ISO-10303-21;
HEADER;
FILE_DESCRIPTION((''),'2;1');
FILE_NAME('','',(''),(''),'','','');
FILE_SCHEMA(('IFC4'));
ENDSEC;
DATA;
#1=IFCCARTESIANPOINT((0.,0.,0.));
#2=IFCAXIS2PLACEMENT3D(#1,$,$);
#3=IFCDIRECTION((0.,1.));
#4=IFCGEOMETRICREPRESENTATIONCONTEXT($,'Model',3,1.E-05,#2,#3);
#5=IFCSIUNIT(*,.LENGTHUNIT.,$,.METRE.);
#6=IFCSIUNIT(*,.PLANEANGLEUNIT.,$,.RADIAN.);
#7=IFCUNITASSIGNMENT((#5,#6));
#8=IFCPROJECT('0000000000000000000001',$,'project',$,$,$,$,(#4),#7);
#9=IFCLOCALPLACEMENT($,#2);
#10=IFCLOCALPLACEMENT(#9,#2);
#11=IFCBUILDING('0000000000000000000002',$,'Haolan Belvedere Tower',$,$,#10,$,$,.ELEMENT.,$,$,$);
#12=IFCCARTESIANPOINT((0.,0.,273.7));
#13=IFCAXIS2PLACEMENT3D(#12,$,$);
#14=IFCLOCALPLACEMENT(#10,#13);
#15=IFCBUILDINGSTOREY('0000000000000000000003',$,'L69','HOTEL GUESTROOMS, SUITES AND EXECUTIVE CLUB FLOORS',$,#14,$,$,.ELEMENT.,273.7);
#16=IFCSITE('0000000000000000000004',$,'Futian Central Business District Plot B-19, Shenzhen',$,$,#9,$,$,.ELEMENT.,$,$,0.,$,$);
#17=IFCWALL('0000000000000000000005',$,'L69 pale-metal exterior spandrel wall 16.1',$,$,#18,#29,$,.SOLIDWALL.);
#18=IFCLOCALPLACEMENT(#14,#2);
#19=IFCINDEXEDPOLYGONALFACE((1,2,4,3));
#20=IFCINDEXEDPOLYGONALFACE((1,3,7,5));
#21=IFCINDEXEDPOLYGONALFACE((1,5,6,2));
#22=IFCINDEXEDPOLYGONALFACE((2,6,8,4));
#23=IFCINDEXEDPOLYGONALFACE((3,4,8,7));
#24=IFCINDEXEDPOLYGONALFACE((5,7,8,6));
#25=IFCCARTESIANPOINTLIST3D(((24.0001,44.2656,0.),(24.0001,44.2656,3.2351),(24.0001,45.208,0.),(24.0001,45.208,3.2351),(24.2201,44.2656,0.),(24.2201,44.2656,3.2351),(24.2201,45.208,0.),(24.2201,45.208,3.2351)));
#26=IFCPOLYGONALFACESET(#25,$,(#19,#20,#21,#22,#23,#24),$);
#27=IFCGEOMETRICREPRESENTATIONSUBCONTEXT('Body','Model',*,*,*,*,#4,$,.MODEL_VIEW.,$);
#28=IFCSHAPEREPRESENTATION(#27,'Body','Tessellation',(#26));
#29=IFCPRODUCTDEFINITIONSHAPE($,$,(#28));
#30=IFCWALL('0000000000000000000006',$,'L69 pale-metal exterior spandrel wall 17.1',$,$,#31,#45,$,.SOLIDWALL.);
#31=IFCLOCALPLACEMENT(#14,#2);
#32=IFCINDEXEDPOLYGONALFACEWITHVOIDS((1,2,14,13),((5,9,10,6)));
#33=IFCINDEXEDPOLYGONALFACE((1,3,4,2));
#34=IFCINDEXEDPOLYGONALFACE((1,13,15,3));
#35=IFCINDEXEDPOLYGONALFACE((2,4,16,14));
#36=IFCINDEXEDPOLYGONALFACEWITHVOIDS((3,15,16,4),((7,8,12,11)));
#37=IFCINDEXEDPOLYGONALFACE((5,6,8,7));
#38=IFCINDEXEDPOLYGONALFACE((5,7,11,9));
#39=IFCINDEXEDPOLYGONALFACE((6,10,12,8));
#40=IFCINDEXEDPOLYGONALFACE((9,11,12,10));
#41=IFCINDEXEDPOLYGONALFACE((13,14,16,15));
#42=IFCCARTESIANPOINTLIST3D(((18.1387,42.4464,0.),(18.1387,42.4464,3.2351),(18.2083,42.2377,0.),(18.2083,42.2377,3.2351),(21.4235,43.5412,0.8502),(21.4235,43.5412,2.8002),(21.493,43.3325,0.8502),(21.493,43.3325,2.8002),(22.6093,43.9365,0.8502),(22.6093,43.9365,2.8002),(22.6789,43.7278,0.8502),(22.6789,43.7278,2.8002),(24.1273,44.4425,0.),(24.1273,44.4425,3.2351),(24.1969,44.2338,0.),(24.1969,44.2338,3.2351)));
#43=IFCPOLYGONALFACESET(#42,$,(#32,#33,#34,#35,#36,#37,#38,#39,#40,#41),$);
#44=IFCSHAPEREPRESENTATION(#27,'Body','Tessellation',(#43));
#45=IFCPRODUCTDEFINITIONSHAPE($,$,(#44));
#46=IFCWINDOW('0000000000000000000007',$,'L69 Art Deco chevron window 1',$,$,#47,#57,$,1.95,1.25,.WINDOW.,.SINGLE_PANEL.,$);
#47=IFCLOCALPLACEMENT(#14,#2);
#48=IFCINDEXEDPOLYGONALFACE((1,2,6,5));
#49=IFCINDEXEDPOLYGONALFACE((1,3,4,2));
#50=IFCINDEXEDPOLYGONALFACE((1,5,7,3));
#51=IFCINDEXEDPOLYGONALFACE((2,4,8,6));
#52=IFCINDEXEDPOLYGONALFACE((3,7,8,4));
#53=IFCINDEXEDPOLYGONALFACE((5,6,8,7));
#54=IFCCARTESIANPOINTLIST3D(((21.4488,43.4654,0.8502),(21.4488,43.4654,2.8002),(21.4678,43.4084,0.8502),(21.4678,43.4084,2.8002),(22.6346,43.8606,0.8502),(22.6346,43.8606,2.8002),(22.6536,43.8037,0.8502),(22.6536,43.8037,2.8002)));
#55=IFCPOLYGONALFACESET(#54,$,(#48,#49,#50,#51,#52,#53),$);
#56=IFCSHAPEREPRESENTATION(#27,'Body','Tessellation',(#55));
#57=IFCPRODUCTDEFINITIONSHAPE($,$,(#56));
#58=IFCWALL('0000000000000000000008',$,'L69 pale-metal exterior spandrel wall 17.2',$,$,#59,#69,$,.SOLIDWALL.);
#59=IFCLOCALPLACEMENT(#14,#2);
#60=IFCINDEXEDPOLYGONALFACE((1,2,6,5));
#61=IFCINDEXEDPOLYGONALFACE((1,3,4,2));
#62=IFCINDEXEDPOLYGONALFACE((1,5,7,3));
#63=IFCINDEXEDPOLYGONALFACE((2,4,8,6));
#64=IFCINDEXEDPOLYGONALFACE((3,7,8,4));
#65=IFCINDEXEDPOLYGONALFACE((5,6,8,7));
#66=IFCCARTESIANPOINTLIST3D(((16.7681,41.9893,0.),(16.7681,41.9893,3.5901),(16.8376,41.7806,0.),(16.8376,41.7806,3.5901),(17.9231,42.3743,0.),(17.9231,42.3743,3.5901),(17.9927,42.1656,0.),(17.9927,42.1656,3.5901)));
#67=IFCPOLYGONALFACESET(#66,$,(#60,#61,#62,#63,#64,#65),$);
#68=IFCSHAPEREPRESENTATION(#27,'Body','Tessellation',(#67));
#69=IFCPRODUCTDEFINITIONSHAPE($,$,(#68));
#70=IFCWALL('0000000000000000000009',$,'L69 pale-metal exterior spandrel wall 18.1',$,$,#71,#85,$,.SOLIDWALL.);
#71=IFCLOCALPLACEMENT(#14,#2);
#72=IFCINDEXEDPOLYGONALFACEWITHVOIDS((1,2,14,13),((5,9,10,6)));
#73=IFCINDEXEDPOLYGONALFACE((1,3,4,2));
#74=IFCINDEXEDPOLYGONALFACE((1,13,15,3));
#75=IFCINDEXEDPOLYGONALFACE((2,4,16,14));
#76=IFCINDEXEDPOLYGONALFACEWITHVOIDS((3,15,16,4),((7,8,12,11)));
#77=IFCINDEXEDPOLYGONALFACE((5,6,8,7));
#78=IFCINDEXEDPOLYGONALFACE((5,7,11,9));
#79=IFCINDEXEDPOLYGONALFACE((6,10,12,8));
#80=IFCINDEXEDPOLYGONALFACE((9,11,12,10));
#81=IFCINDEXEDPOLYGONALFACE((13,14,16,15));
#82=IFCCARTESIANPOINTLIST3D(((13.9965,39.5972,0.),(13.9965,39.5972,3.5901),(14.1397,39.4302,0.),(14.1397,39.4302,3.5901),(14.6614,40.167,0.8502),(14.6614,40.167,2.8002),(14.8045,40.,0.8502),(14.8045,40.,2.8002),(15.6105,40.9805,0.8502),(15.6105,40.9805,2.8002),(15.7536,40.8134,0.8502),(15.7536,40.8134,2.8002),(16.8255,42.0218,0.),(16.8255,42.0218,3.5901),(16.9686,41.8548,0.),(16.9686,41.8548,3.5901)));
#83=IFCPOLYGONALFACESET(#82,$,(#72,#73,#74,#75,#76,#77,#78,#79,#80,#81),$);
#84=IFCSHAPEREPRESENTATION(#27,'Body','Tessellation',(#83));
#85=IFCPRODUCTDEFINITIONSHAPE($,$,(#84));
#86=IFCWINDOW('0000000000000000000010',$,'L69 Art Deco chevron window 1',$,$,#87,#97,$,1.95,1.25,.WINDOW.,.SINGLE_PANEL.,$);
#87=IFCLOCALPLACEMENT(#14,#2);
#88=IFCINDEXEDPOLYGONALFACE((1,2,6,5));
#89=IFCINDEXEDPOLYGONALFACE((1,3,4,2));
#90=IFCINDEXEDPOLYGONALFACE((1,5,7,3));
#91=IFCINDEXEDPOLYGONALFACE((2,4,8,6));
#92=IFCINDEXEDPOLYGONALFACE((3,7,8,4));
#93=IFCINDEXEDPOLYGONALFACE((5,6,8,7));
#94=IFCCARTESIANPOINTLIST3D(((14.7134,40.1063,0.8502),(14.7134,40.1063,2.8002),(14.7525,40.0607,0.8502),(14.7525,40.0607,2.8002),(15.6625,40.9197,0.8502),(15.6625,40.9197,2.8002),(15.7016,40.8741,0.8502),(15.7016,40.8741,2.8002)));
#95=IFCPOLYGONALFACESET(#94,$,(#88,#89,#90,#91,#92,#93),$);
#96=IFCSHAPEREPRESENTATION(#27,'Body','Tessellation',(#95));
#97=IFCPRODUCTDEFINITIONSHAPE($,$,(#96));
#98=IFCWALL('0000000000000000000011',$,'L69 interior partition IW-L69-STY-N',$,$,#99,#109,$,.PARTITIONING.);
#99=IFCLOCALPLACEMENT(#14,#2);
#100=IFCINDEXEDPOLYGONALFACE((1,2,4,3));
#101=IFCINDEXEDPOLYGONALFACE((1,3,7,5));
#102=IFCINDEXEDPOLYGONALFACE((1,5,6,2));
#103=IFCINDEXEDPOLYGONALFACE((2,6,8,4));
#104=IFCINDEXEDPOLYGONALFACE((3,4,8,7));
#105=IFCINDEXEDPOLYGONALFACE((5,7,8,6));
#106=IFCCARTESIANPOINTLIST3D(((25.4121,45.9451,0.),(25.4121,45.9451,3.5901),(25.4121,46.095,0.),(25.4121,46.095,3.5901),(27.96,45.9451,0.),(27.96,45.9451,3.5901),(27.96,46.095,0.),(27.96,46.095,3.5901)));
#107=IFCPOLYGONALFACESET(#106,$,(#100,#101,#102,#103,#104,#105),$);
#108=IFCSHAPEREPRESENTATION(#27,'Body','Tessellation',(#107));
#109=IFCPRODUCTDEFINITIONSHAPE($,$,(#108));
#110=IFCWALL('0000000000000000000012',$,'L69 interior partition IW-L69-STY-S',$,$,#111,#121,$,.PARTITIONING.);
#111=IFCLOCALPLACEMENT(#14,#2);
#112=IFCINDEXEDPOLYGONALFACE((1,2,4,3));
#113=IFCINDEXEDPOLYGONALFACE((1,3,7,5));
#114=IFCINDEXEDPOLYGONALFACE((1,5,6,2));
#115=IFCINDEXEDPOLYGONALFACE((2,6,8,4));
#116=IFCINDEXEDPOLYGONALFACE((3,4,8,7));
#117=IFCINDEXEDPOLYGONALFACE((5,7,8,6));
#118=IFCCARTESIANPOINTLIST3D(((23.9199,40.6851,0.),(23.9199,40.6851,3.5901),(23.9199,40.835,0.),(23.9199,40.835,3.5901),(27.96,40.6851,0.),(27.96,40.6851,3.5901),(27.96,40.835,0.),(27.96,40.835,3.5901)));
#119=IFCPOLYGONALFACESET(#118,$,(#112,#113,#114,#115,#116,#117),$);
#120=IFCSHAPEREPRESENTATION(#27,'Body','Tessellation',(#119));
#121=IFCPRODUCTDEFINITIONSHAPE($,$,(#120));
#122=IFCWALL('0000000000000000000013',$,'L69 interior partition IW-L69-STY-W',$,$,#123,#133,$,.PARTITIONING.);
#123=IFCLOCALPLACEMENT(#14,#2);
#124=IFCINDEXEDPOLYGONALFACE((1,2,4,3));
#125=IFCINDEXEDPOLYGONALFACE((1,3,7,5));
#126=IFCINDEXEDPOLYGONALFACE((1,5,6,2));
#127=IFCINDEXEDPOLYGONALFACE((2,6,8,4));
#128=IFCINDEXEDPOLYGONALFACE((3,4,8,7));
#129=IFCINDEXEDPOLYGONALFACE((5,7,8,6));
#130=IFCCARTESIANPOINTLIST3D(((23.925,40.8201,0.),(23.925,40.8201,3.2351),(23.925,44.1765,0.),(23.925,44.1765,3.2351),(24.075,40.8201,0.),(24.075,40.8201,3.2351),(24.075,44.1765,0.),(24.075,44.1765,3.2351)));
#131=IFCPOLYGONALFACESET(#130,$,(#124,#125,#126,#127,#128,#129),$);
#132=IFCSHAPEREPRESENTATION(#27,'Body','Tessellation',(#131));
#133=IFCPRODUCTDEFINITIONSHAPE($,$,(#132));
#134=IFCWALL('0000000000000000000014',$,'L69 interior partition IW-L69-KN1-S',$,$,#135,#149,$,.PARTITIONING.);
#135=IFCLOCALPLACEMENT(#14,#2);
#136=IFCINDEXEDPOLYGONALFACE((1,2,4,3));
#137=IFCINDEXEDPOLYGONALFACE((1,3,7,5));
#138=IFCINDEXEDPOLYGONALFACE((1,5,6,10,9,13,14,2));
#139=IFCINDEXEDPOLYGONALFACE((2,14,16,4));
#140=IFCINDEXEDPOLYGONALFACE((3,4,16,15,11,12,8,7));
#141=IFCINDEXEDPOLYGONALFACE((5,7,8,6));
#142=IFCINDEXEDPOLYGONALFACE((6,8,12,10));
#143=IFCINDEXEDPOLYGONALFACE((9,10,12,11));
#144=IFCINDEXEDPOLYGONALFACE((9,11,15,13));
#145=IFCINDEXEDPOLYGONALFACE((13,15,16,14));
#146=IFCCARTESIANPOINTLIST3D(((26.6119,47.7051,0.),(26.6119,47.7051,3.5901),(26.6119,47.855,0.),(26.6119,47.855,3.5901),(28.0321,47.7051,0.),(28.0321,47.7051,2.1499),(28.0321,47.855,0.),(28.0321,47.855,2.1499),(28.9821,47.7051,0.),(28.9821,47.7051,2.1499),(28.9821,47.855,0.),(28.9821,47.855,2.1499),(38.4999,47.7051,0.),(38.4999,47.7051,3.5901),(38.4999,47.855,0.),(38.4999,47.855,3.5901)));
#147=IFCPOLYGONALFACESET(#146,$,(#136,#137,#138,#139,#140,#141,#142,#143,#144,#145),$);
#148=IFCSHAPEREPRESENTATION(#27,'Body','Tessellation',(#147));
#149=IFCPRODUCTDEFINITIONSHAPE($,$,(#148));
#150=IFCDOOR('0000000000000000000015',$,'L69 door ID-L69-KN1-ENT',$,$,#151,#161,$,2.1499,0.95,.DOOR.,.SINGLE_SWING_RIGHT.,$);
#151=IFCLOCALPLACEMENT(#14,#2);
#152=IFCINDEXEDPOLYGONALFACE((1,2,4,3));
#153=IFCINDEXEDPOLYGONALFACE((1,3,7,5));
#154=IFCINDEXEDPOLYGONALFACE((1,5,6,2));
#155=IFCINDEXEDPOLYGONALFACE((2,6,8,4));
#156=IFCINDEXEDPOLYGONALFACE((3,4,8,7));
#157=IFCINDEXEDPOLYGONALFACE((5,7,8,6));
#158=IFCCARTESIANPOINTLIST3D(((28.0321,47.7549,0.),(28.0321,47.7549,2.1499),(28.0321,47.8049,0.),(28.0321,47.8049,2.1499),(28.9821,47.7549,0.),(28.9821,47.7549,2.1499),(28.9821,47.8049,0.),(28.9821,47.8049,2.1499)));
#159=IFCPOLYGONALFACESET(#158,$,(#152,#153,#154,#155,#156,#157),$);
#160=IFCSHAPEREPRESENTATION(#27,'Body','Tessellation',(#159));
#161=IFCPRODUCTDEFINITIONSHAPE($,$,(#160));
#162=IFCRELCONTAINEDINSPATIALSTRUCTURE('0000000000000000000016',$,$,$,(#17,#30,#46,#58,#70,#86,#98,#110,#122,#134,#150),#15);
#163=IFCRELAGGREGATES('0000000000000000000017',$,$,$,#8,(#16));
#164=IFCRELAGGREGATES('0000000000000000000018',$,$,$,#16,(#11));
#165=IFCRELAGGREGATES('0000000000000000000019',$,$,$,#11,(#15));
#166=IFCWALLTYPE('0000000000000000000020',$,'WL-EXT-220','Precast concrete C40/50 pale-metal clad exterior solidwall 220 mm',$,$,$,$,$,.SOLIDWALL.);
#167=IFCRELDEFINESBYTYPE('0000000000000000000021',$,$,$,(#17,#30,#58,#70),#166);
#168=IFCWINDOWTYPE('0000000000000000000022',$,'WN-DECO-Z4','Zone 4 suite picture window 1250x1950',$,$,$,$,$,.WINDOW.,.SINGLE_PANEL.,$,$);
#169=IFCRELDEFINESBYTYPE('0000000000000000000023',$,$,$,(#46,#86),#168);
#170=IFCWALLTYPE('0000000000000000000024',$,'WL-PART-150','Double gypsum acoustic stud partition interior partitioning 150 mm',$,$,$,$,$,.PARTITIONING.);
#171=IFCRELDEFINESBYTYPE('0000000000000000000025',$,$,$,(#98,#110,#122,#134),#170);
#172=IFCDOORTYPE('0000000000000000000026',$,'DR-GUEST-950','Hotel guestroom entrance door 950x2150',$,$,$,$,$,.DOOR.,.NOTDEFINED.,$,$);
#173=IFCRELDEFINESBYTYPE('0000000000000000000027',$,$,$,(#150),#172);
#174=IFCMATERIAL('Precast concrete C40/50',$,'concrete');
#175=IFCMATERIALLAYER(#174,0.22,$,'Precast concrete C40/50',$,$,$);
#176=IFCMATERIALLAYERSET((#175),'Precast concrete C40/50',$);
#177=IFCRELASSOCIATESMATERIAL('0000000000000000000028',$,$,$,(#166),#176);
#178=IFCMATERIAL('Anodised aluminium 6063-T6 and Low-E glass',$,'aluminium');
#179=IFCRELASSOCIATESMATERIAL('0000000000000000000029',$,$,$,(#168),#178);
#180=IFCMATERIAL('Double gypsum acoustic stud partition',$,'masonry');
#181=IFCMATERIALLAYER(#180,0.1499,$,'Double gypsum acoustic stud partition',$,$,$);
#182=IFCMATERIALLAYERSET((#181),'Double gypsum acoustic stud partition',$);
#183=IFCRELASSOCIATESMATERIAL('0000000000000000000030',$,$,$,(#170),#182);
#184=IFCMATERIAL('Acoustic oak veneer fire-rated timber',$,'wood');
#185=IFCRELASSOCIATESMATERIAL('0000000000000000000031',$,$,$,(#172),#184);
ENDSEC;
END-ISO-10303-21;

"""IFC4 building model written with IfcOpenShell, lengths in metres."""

from ifc_helpers import new_model, si_unit, direction, frame, frame_2d, origin, place, context, subcontext, project, spatial, rectangle, extrude, material, layer, layer_set, type_object, element, fill, save


model = new_model("IFC4")

# Units and contexts
model_context = context("Model", 3, precision=1e-05, world=origin(), true_north=direction((0.0, 1.0)))
body_context = subcontext(model_context, "Body", "Model", "MODEL_VIEW")
ifc_project = project(units=[si_unit("LENGTHUNIT", "METRE"), si_unit("PLANEANGLEUNIT", "RADIAN")], contexts=[model_context])

# Site, building, storey
site_placement = place(None, origin())
site = spatial("IfcSite", under=ifc_project, at=site_placement, Name="Futian Central Business District Plot B-19, Shenzhen", CompositionType="ELEMENT", RefElevation=0.0)
building_placement = place(site_placement, origin())
building = spatial("IfcBuilding", under=site, at=building_placement, Name="Haolan Belvedere Tower", CompositionType="ELEMENT")
storey_placement = place(building_placement, frame((0.0, 0.0, 273.7)))
storey = spatial("IfcBuildingStorey", under=building, at=storey_placement, Name="L69", Description="HOTEL GUESTROOMS, SUITES AND EXECUTIVE CLUB FLOORS", CompositionType="ELEMENT", Elevation=273.7)

# Wall
ifc_material_1 = material(Name="Precast concrete C40/50", Category="concrete")
ifc_layer_1 = layer(ifc_material_1, 0.22, Name="Precast concrete C40/50")
ifc_layer_set_1 = layer_set([ifc_layer_1], Name="Precast concrete C40/50")
wall_type_1 = type_object("IfcWallType", Name="WL-EXT-220", Description="Precast concrete C40/50 pale-metal clad exterior solidwall 220 mm", PredefinedType="SOLIDWALL", material=ifc_layer_set_1)
wall_1_placement = place(storey_placement, frame((24.1101, 45.208, 0.0), z_axis=(0.0, 0.0, 1.0), x_axis=(0.0, -1.0, 0.0)))
element("IfcWall", 1, at=wall_1_placement, inside=storey, type_object=wall_type_1, Name="L69 pale-metal exterior spandrel wall 16.1", PredefinedType="SOLIDWALL", context=body_context, shape_type="SweptSolid", body=[
    extrude(rectangle(XDim=0.9424, YDim=0.22, at=frame_2d((0.4712, 0.0))), origin(), (0.0, 0.0, 1.0), 3.2351),
])

# Wall, opening, window
wall_2_placement = place(storey_placement, frame((24.1621, 44.3381, 0.0), z_axis=(0.0, 0.0, 1.0), x_axis=(-0.948687, -0.316216, 0.0)))
wall_2 = element("IfcWall", 2, at=wall_2_placement, inside=storey, type_object=wall_type_1, Name="L69 pale-metal exterior spandrel wall 17.1", PredefinedType="SOLIDWALL", context=body_context, shape_type="SweptSolid", body=[
    extrude(rectangle(XDim=6.3125, YDim=0.22, at=frame_2d((3.1562, 0.0))), origin(), (0.0, 0.0, 1.0), 3.2351),
])
opening_1_placement = place(wall_2_placement, frame((1.6001, 0.0, 0.8501)))
opening_1 = element("IfcOpeningElement", 3, at=opening_1_placement, cuts=wall_2, PredefinedType="OPENING", context=body_context, shape_type="SweptSolid", body=[
    extrude(rectangle(XDim=1.25, YDim=1.95, at=frame_2d((0.625, 0.9751))), frame((0.0, 0.1199, 0.0), z_axis=(0.0, -1.0, 0.0), x_axis=(1.0, 0.0, 0.0)), (0.0, 0.0, 1.0), 0.24),
])
ifc_material_2 = material(Name="Anodised aluminium 6063-T6 and Low-E glass", Category="aluminium")
window_type = type_object("IfcWindowType", Name="WN-DECO-Z4", Description="Zone 4 suite picture window 1250x1950", PartitioningType="SINGLE_PANEL", PredefinedType="WINDOW", material=ifc_material_2)
window_1_placement = place(opening_1_placement, origin())
window_1 = element("IfcWindow", 4, at=window_1_placement, inside=storey, type_object=window_type, Name="L69 Art Deco chevron window 1", OverallHeight=1.95, OverallWidth=1.25, PartitioningType="SINGLE_PANEL", PredefinedType="WINDOW", context=body_context, shape_type="SweptSolid", body=[
    extrude(rectangle(XDim=1.25, YDim=1.95, at=frame_2d((0.625, 0.9751))), frame((0.0, 0.03, 0.0), z_axis=(0.0, -1.0, 0.0), x_axis=(1.0, 0.0, 0.0)), (0.0, 0.0, 1.0), 0.0601),
])
fill(opening_1, window_1)

# Wall
wall_3_placement = place(storey_placement, frame((17.958, 42.27, 0.0), z_axis=(0.0, 0.0, 1.0), x_axis=(-0.948683, -0.316228, 0.0)))
element("IfcWall", 5, at=wall_3_placement, inside=storey, type_object=wall_type_1, Name="L69 pale-metal exterior spandrel wall 17.2", PredefinedType="SOLIDWALL", context=body_context, shape_type="SweptSolid", body=[
    extrude(rectangle(XDim=1.2175, YDim=0.22, at=frame_2d((0.6089, 0.0))), origin(), (0.0, 0.0, 1.0), 3.5901),
])

# Wall, opening, window
wall_4_placement = place(storey_placement, frame((16.897, 41.9382, 0.0), z_axis=(0.0, 0.0, 1.0), x_axis=(-0.75928, -0.650764, 0.0)))
wall_4 = element("IfcWall", 6, at=wall_4_placement, inside=storey, type_object=wall_type_1, Name="L69 pale-metal exterior spandrel wall 18.1", PredefinedType="SOLIDWALL", context=body_context, shape_type="SweptSolid", body=[
    extrude(rectangle(XDim=3.7258, YDim=0.22, at=frame_2d((1.8628, 0.0))), origin(), (0.0, 0.0, 1.0), 3.5901),
])
opening_2_placement = place(wall_4_placement, frame((1.6001, 0.0, 0.8501)))
opening_2 = element("IfcOpeningElement", 7, at=opening_2_placement, cuts=wall_4, PredefinedType="OPENING", context=body_context, shape_type="SweptSolid", body=[
    extrude(rectangle(XDim=1.25, YDim=1.95, at=frame_2d((0.625, 0.9751))), frame((0.0, 0.1199, 0.0), z_axis=(0.0, -1.0, 0.0), x_axis=(1.0, 0.0, 0.0)), (0.0, 0.0, 1.0), 0.24),
])
window_2_placement = place(opening_2_placement, origin())
window_2 = element("IfcWindow", 8, at=window_2_placement, inside=storey, type_object=window_type, Name="L69 Art Deco chevron window 1", OverallHeight=1.95, OverallWidth=1.25, PartitioningType="SINGLE_PANEL", PredefinedType="WINDOW", context=body_context, shape_type="SweptSolid", body=[
    extrude(rectangle(XDim=1.25, YDim=1.95, at=frame_2d((0.625, 0.9751))), frame((0.0, 0.03, 0.0), z_axis=(0.0, -1.0, 0.0), x_axis=(1.0, 0.0, 0.0)), (0.0, 0.0, 1.0), 0.0601),
])
fill(opening_2, window_2)

# Walls
ifc_material_3 = material(Name="Double gypsum acoustic stud partition", Category="masonry")
ifc_layer_2 = layer(ifc_material_3, 0.1499, Name="Double gypsum acoustic stud partition")
ifc_layer_set_2 = layer_set([ifc_layer_2], Name="Double gypsum acoustic stud partition")
wall_type_2 = type_object("IfcWallType", Name="WL-PART-150", Description="Double gypsum acoustic stud partition interior partitioning 150 mm", PredefinedType="PARTITIONING", material=ifc_layer_set_2)
wall_5_placement = place(storey_placement, frame((25.4121, 46.02, 0.0), z_axis=(0.0, 0.0, 1.0), x_axis=(1.0, 0.0, 0.0)))
element("IfcWall", 9, at=wall_5_placement, inside=storey, type_object=wall_type_2, Name="L69 interior partition IW-L69-STY-N", PredefinedType="PARTITIONING", context=body_context, shape_type="SweptSolid", body=[
    extrude(rectangle(XDim=2.5479, YDim=0.1499, at=frame_2d((1.2739, 0.0))), origin(), (0.0, 0.0, 1.0), 3.5901),
])
wall_6_placement = place(storey_placement, frame((23.9199, 40.76, 0.0), z_axis=(0.0, 0.0, 1.0), x_axis=(1.0, 0.0, 0.0)))
element("IfcWall", 10, at=wall_6_placement, inside=storey, type_object=wall_type_2, Name="L69 interior partition IW-L69-STY-S", PredefinedType="PARTITIONING", context=body_context, shape_type="SweptSolid", body=[
    extrude(rectangle(XDim=4.04, YDim=0.1499, at=frame_2d((2.02, 0.0))), origin(), (0.0, 0.0, 1.0), 3.5901),
])
wall_7_placement = place(storey_placement, frame((24.0, 40.8201, 0.0), z_axis=(0.0, 0.0, 1.0), x_axis=(0.0, 1.0, 0.0)))
element("IfcWall", 11, at=wall_7_placement, inside=storey, type_object=wall_type_2, Name="L69 interior partition IW-L69-STY-W", PredefinedType="PARTITIONING", context=body_context, shape_type="SweptSolid", body=[
    extrude(rectangle(XDim=3.3564, YDim=0.1499, at=frame_2d((1.6782, 0.0))), origin(), (0.0, 0.0, 1.0), 3.2351),
])

# Wall, opening, door
wall_8_placement = place(storey_placement, frame((26.6121, 47.78, 0.0), z_axis=(0.0, 0.0, 1.0), x_axis=(1.0, 0.0, 0.0)))
wall_8 = element("IfcWall", 12, at=wall_8_placement, inside=storey, type_object=wall_type_2, Name="L69 interior partition IW-L69-KN1-S", PredefinedType="PARTITIONING", context=body_context, shape_type="SweptSolid", body=[
    extrude(rectangle(XDim=11.8879, YDim=0.1499, at=frame_2d((5.9438, 0.0))), origin(), (0.0, 0.0, 1.0), 3.5901),
])
opening_3_placement = place(wall_8_placement, frame((1.4199, 0.0, 0.0)))
opening_3 = element("IfcOpeningElement", 13, at=opening_3_placement, cuts=wall_8, PredefinedType="OPENING", context=body_context, shape_type="SweptSolid", body=[
    extrude(rectangle(XDim=0.95, YDim=2.1499, at=frame_2d((0.4751, 1.075))), frame((0.0, 0.085, 0.0), z_axis=(0.0, -1.0, 0.0), x_axis=(1.0, 0.0, 0.0)), (0.0, 0.0, 1.0), 0.1699),
])
ifc_material_4 = material(Name="Acoustic oak veneer fire-rated timber", Category="wood")
door_type = type_object("IfcDoorType", Name="DR-GUEST-950", Description="Hotel guestroom entrance door 950x2150", OperationType="NOTDEFINED", PredefinedType="DOOR", material=ifc_material_4)
door_placement = place(opening_3_placement, origin())
door = element("IfcDoor", 14, at=door_placement, inside=storey, type_object=door_type, Name="L69 door ID-L69-KN1-ENT", OperationType="SINGLE_SWING_RIGHT", OverallHeight=2.1499, OverallWidth=0.95, PredefinedType="DOOR", context=body_context, shape_type="SweptSolid", body=[
    extrude(rectangle(XDim=0.95, YDim=2.1499, at=frame_2d((0.4751, 1.075))), frame((0.0, 0.0249, 0.0), z_axis=(0.0, -1.0, 0.0), x_axis=(1.0, 0.0, 0.0)), (0.0, 0.0, 1.0), 0.05),
])
fill(opening_3, door)

save(model, "model.ifc")
